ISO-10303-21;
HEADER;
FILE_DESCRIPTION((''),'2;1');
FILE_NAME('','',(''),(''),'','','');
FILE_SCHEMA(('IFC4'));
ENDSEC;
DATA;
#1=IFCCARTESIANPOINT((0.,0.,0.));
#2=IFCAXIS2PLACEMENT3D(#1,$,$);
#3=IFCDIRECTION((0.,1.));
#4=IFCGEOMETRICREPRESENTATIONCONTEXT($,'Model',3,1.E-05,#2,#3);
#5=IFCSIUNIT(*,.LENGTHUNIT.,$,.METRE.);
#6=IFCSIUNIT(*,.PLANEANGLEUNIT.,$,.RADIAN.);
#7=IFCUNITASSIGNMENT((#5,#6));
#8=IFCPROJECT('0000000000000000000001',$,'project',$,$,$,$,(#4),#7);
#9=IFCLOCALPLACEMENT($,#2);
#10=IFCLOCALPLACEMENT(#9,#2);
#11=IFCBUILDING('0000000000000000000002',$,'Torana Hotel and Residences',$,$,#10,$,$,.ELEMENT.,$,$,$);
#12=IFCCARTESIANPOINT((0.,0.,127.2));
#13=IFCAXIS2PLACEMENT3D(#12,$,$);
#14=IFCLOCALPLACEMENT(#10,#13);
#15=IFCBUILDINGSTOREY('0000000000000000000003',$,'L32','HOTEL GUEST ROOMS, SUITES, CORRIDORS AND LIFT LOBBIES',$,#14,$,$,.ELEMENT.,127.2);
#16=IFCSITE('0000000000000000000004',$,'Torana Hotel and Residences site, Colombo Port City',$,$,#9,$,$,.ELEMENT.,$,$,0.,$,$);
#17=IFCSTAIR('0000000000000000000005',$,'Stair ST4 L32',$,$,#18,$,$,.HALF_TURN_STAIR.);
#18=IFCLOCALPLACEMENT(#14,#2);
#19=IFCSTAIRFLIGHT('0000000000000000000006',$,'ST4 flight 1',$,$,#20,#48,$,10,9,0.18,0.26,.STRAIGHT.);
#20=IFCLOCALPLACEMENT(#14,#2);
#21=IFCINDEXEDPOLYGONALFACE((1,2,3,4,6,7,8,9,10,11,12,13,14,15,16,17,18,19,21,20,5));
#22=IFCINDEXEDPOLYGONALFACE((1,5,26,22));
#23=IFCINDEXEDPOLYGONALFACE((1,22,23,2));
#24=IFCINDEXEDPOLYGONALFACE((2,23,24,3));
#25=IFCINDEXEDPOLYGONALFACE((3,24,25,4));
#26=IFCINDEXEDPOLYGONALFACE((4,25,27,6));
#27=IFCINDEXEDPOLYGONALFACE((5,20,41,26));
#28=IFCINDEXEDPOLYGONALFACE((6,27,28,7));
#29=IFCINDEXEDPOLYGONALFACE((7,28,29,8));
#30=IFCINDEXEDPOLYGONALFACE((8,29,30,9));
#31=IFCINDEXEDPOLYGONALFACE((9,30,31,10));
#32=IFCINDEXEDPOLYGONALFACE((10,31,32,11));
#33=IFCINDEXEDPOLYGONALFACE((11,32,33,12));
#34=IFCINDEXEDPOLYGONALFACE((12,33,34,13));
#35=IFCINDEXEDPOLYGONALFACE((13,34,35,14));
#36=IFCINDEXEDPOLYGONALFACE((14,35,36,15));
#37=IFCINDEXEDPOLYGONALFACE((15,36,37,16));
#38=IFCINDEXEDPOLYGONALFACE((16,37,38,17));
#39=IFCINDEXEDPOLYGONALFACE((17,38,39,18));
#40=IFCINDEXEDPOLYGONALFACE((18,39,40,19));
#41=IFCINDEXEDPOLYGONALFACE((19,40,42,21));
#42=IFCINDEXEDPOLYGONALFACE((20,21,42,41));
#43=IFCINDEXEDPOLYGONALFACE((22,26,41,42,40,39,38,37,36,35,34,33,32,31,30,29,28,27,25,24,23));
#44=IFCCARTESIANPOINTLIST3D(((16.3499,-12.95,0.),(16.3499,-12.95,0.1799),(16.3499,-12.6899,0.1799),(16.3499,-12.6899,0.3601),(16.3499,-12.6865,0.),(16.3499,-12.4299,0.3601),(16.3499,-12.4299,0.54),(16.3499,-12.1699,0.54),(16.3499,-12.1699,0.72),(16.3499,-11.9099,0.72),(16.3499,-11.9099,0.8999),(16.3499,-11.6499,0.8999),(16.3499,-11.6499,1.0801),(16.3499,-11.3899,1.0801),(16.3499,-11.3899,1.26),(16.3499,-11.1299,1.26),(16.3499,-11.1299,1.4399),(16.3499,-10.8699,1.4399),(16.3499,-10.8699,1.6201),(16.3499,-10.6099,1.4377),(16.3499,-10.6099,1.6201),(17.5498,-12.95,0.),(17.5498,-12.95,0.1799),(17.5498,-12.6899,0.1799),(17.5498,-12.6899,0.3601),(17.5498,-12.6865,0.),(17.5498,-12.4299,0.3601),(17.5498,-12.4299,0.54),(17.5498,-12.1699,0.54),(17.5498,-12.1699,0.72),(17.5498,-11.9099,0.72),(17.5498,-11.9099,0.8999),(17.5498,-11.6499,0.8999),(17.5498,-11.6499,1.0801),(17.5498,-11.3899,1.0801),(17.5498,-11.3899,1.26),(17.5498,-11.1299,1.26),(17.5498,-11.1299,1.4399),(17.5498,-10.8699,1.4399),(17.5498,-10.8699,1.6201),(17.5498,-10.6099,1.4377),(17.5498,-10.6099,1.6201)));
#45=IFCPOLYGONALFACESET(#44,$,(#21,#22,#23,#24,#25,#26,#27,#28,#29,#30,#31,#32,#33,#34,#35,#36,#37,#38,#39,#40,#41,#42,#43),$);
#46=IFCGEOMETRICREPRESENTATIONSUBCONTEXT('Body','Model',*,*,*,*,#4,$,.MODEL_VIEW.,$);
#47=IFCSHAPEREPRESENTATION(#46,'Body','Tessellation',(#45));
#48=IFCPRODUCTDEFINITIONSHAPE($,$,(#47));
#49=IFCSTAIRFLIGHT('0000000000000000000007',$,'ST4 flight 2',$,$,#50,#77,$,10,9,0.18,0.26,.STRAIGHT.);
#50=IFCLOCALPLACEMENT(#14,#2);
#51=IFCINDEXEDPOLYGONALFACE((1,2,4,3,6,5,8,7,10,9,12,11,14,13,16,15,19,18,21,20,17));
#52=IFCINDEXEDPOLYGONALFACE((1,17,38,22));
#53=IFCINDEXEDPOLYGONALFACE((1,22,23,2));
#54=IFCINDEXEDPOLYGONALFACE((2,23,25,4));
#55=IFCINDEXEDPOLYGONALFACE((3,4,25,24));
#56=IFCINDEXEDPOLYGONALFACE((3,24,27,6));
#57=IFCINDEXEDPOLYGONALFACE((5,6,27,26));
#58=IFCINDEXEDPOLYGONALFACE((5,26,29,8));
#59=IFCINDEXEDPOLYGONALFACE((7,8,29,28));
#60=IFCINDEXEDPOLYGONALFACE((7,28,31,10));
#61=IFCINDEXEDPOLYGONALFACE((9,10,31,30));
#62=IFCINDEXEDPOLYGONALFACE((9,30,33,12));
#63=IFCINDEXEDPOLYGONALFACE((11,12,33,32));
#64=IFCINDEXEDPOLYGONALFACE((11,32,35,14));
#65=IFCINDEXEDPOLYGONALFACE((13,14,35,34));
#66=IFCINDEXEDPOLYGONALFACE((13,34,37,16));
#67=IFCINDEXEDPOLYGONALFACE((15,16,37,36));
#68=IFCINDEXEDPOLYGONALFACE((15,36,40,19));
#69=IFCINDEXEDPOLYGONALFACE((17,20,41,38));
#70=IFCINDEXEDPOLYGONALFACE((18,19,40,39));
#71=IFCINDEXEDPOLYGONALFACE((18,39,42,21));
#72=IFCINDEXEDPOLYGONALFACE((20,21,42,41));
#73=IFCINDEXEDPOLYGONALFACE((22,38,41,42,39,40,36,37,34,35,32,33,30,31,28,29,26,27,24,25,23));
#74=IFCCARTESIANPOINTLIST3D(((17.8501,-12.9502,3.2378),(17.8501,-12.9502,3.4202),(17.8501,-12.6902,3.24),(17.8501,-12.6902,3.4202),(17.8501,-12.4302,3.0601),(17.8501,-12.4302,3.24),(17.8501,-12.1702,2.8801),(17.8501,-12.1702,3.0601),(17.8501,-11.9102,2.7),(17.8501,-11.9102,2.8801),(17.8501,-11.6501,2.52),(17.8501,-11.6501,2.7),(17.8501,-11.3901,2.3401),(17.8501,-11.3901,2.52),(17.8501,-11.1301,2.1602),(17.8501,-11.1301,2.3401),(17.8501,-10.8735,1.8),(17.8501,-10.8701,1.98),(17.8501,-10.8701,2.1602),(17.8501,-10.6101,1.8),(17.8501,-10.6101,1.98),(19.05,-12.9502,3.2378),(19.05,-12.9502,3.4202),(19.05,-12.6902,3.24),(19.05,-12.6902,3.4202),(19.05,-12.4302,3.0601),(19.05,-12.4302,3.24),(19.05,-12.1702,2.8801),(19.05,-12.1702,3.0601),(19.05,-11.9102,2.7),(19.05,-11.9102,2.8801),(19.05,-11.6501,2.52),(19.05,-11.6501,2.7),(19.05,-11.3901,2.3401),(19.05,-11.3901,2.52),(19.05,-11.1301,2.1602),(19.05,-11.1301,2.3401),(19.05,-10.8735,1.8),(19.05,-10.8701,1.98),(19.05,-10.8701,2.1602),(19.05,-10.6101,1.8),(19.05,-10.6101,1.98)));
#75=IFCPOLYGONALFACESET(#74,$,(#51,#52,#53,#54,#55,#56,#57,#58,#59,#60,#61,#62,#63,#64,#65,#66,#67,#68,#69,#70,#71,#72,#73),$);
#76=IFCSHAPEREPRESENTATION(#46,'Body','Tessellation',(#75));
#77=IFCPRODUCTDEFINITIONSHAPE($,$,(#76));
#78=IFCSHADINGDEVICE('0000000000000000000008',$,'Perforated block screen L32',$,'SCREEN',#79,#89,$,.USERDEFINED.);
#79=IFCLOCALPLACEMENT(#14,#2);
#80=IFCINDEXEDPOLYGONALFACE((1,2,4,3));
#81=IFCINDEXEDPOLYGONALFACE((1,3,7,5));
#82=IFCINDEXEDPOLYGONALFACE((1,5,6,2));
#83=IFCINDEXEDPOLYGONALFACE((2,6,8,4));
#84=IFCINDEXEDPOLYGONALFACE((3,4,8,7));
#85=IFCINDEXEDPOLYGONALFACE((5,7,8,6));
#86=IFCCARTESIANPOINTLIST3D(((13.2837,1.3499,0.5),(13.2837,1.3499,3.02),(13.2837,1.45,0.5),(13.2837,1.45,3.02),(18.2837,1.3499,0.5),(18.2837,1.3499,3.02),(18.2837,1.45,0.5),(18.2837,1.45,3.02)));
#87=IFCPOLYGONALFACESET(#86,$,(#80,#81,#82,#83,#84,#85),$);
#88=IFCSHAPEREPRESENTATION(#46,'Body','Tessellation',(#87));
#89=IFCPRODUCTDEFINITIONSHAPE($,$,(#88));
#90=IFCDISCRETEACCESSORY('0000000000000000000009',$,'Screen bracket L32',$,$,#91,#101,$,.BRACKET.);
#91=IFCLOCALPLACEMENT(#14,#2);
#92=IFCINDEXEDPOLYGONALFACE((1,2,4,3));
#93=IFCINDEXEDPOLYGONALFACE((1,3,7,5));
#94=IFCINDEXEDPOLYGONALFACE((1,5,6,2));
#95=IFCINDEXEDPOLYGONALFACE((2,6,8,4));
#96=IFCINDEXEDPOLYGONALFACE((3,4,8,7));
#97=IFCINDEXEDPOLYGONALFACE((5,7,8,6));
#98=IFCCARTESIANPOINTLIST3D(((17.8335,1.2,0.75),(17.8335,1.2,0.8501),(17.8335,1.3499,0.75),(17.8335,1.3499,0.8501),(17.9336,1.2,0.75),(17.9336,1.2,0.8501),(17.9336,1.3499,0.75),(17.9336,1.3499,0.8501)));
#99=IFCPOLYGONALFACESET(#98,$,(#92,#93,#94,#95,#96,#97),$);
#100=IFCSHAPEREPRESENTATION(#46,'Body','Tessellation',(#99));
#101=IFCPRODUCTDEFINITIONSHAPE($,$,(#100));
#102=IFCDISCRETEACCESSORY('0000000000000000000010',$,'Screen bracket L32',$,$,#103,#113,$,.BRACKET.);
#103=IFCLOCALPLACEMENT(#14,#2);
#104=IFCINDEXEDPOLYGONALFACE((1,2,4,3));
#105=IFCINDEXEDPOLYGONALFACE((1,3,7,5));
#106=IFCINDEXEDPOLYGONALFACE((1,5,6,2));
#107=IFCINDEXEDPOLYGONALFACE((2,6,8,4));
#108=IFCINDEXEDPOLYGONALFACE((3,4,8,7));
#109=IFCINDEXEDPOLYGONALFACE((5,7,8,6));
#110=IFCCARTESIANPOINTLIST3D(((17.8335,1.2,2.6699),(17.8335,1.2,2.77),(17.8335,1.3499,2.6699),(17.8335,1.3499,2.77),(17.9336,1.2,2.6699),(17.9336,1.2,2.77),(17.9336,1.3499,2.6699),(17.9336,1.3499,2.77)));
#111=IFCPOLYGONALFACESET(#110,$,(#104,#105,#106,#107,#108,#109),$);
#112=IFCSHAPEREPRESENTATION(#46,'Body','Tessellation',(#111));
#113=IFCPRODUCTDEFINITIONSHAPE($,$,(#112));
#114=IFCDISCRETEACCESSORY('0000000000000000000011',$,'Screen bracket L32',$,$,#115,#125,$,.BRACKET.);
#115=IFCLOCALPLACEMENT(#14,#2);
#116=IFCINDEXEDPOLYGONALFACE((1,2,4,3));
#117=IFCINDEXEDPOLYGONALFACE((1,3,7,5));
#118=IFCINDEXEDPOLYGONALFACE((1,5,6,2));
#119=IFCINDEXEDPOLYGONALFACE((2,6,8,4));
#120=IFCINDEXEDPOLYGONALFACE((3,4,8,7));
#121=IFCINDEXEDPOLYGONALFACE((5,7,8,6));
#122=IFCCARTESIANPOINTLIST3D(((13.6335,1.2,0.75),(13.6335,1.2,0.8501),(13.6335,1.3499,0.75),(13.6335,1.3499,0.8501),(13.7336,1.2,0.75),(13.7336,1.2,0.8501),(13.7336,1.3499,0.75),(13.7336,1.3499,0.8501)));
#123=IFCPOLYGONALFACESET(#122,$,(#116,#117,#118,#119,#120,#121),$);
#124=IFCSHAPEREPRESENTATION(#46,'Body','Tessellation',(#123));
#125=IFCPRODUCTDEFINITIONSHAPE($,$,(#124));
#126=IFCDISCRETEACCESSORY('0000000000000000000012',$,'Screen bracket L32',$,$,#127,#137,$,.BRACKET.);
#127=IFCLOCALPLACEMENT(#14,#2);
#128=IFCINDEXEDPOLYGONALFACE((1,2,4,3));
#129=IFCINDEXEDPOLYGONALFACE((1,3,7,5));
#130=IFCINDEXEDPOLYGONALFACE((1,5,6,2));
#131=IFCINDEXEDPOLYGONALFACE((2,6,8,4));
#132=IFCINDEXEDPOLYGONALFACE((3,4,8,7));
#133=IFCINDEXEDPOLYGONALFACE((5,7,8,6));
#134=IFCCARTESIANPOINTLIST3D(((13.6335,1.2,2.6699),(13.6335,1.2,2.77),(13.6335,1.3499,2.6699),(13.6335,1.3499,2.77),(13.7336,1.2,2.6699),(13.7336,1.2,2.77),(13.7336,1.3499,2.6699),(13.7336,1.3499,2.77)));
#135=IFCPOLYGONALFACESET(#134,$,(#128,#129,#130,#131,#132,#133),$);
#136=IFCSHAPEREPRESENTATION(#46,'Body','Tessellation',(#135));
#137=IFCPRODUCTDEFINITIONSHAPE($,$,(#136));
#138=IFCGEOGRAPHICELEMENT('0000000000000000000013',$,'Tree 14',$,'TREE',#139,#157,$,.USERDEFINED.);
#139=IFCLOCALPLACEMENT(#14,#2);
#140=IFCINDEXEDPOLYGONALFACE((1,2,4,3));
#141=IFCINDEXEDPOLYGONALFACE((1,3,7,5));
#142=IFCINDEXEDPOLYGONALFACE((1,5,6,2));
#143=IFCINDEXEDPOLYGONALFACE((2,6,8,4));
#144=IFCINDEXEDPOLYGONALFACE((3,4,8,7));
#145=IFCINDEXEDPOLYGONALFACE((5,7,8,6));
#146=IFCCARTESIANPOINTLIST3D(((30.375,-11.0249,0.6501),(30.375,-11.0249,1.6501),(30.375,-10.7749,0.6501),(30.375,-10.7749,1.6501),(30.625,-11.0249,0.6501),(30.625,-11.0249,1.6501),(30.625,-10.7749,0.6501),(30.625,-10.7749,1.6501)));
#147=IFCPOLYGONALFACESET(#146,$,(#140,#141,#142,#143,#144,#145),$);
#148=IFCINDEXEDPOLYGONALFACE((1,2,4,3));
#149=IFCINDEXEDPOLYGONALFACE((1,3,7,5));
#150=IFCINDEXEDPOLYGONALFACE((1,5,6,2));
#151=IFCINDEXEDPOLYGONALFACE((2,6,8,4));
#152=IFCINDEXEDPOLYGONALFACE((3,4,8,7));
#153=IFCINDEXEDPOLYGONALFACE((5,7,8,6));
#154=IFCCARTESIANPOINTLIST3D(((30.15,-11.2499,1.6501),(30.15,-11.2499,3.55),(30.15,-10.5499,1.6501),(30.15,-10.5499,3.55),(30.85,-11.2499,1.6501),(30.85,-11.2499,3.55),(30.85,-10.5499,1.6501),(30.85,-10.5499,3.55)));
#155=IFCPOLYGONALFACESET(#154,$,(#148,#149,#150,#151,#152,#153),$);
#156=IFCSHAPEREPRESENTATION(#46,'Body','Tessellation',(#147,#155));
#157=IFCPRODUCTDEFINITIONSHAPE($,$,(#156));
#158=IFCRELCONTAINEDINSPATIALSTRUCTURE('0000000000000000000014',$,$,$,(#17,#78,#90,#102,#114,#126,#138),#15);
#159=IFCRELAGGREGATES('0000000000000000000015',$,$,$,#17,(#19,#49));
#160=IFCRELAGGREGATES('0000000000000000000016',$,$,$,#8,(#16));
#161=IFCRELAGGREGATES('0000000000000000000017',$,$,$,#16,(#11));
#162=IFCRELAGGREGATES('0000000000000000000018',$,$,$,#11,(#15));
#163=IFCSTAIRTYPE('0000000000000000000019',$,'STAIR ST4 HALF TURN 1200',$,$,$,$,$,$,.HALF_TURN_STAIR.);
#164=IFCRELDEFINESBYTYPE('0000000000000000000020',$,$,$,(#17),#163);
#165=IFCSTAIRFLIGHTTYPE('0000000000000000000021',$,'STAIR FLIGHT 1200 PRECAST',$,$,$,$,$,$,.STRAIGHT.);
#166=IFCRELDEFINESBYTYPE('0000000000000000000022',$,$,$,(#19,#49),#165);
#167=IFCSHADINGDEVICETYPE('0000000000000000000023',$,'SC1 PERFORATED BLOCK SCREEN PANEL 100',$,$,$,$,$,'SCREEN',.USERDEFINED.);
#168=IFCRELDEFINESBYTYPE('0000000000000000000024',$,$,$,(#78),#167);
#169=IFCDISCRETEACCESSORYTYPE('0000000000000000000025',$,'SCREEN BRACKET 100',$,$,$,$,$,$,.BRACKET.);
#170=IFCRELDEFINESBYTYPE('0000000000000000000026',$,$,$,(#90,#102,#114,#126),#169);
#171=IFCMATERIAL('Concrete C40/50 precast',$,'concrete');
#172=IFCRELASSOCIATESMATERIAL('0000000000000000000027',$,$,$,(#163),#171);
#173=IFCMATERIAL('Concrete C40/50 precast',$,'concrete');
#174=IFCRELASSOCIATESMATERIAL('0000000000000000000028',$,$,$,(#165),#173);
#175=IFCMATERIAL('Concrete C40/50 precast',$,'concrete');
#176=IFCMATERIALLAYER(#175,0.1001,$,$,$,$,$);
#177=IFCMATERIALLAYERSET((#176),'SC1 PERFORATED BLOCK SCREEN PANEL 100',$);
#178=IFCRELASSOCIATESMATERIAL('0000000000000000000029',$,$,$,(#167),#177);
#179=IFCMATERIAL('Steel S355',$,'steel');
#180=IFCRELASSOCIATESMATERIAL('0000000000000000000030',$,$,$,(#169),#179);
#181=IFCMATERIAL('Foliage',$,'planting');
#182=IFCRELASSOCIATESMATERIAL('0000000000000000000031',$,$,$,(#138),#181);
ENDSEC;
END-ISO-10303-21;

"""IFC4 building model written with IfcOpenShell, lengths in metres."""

from ifc_helpers import new_model, si_unit, direction, frame, origin, origin_2d, place, context, subcontext, project, spatial, polyline, rectangle, outline, extrude, material, layer, layer_set, type_object, element, aggregate, save


model = new_model("IFC4")

# Units and contexts
model_context = context("Model", 3, precision=1e-05, world=origin(), true_north=direction((0.0, 1.0)))
body_context = subcontext(model_context, "Body", "Model", "MODEL_VIEW")
ifc_project = project(units=[si_unit("LENGTHUNIT", "METRE"), si_unit("PLANEANGLEUNIT", "RADIAN")], contexts=[model_context])

# Site, building, storey
site_placement = place(None, origin())
site = spatial("IfcSite", under=ifc_project, at=site_placement, Name="Torana Hotel and Residences site, Colombo Port City", CompositionType="ELEMENT", RefElevation=0.0)
building_placement = place(site_placement, origin())
building = spatial("IfcBuilding", under=site, at=building_placement, Name="Torana Hotel and Residences", CompositionType="ELEMENT")
storey_placement = place(building_placement, frame((0.0, 0.0, 127.2)))
storey = spatial("IfcBuildingStorey", under=building, at=storey_placement, Name="L32", Description="HOTEL GUEST ROOMS, SUITES, CORRIDORS AND LIFT LOBBIES", CompositionType="ELEMENT", Elevation=127.2)

# Stair, stair flights
ifc_material_1 = material(Name="Concrete C40/50 precast", Category="concrete")
stair_type = type_object("IfcStairType", Name="STAIR ST4 HALF TURN 1200", PredefinedType="HALF_TURN_STAIR", material=ifc_material_1)
stair_placement = place(storey_placement, origin())
stair = element("IfcStair", 1, at=stair_placement, inside=storey, type_object=stair_type, Name="Stair ST4 L32", PredefinedType="HALF_TURN_STAIR")
ifc_material_2 = material(Name="Concrete C40/50 precast", Category="concrete")
stair_flight_type = type_object("IfcStairFlightType", Name="STAIR FLIGHT 1200 PRECAST", PredefinedType="STRAIGHT", material=ifc_material_2)
stair_flight_1_placement = place(storey_placement, frame((16.95, -12.95, 0.0), z_axis=(0.0, 0.0, 1.0), x_axis=(0.0, 1.0, 0.0)))
stair_flight_1 = element("IfcStairFlight", 2, at=stair_flight_1_placement, type_object=stair_flight_type, Name="ST4 flight 1", NumberOfRisers=10, NumberOfTreads=9, PredefinedType="STRAIGHT", RiserHeight=0.18, TreadLength=0.26, context=body_context, shape_type="SweptSolid", body=[
    extrude(outline(polyline([(0.0, 0.0), (0.0, 0.1799), (0.26, 0.1799), (0.26, 0.3601), (0.52, 0.3601), (0.52, 0.54), (0.78, 0.54), (0.78, 0.72), (1.04, 0.72), (1.04, 0.8999), (1.3, 0.8999), (1.3, 1.0801), (1.5601, 1.0801), (1.5601, 1.26), (1.8201, 1.26), (1.8201, 1.4399), (2.0801, 1.4399), (2.0801, 1.6201), (2.3401, 1.6201), (2.3401, 1.8), (2.3401, 1.4377), (0.2634, 0.0), (0.0, 0.0)])), frame((0.0, 0.6001, 0.0), z_axis=(0.0, -1.0, 0.0), x_axis=(1.0, 0.0, 0.0)), (0.0, 0.0, 1.0), 1.2),
])
stair_flight_2_placement = place(storey_placement, frame((18.45, -10.6101, 1.8), z_axis=(0.0, 0.0, 1.0), x_axis=(0.0, -1.0, 0.0)))
stair_flight_2 = element("IfcStairFlight", 3, at=stair_flight_2_placement, type_object=stair_flight_type, Name="ST4 flight 2", NumberOfRisers=10, NumberOfTreads=9, PredefinedType="STRAIGHT", RiserHeight=0.18, TreadLength=0.26, context=body_context, shape_type="SweptSolid", body=[
    extrude(outline(polyline([(0.0, 0.0), (0.0, 0.1799), (0.26, 0.1799), (0.26, 0.3601), (0.52, 0.3601), (0.52, 0.54), (0.78, 0.54), (0.78, 0.72), (1.04, 0.72), (1.04, 0.8999), (1.3, 0.8999), (1.3, 1.0801), (1.5601, 1.0801), (1.5601, 1.26), (1.8201, 1.26), (1.8201, 1.4399), (2.0801, 1.4399), (2.0801, 1.6201), (2.3401, 1.6201), (2.3401, 1.8), (2.3401, 1.4377), (0.2634, 0.0), (0.0, 0.0)])), frame((0.0, 0.6001, 0.0), z_axis=(0.0, -1.0, 0.0), x_axis=(1.0, 0.0, 0.0)), (0.0, 0.0, 1.0), 1.2),
])
aggregate(stair, [stair_flight_1, stair_flight_2])

# Shading device
ifc_material_3 = material(Name="Concrete C40/50 precast", Category="concrete")
ifc_layer_1 = layer(ifc_material_3, 0.1001)
ifc_layer_set_1 = layer_set([ifc_layer_1], Name="SC1 PERFORATED BLOCK SCREEN PANEL 100")
shading_device_type = type_object("IfcShadingDeviceType", Name="SC1 PERFORATED BLOCK SCREEN PANEL 100", ElementType="SCREEN", PredefinedType="USERDEFINED", material=ifc_layer_set_1)
shading_device_placement = place(storey_placement, frame((15.7837, 1.3999, 0.5), z_axis=(0.0, 0.0, 1.0), x_axis=(-1.0, 0.0, 0.0)))
element("IfcShadingDevice", 4, at=shading_device_placement, inside=storey, type_object=shading_device_type, Name="Perforated block screen L32", ObjectType="SCREEN", PredefinedType="USERDEFINED", context=body_context, shape_type="SweptSolid", body=[
    extrude(rectangle(XDim=5.0, YDim=0.1001, at=origin_2d()), origin(), (0.0, 0.0, 1.0), 2.52),
])

# Discrete accessories
ifc_material_4 = material(Name="Steel S355", Category="steel")
discrete_accessory_type = type_object("IfcDiscreteAccessoryType", Name="SCREEN BRACKET 100", PredefinedType="BRACKET", material=ifc_material_4)
for number, where, z_axis, x_axis, name in (
    (5, (17.8835, 1.2749, 0.75), (0.0, 0.0, 1.0), (-1.0, 0.0, 0.0), "Screen bracket L32"),
    (6, (17.8835, 1.2749, 2.6699), (0.0, 0.0, 1.0), (-1.0, 0.0, 0.0), "Screen bracket L32"),
    (7, (13.6836, 1.2749, 0.75), (0.0, 0.0, 1.0), (-1.0, 0.0, 0.0), "Screen bracket L32"),
    (8, (13.6836, 1.2749, 2.6699), (0.0, 0.0, 1.0), (-1.0, 0.0, 0.0), "Screen bracket L32"),
):
    element("IfcDiscreteAccessory", number, at=place(storey_placement, frame(where, z_axis=z_axis, x_axis=x_axis)), inside=storey, type_object=discrete_accessory_type, Name=name, PredefinedType="BRACKET", context=body_context, shape_type="SweptSolid", body=[
        extrude(rectangle(XDim=0.1001, YDim=0.1499, at=origin_2d()), origin(), (0.0, 0.0, 1.0), 0.1001),
    ])

# Geographic element
ifc_material_5 = material(Name="Foliage", Category="planting")
geographic_element_placement = place(storey_placement, frame((30.5, -10.8999, 0.6501), z_axis=(0.0, 0.0, 1.0), x_axis=(1.0, 0.0, 0.0)))
element("IfcGeographicElement", 9, at=geographic_element_placement, inside=storey, material=ifc_material_5, Name="Tree 14", ObjectType="TREE", PredefinedType="USERDEFINED", context=body_context, shape_type="SweptSolid", body=[
    extrude(rectangle(XDim=0.25, YDim=0.25, at=origin_2d()), origin(), (0.0, 0.0, 1.0), 1.0),
    extrude(rectangle(XDim=0.7, YDim=0.7, at=origin_2d()), frame((0.0, 0.0, 1.0)), (0.0, 0.0, 1.0), 1.8999),
])

save(model, "model.ifc")
